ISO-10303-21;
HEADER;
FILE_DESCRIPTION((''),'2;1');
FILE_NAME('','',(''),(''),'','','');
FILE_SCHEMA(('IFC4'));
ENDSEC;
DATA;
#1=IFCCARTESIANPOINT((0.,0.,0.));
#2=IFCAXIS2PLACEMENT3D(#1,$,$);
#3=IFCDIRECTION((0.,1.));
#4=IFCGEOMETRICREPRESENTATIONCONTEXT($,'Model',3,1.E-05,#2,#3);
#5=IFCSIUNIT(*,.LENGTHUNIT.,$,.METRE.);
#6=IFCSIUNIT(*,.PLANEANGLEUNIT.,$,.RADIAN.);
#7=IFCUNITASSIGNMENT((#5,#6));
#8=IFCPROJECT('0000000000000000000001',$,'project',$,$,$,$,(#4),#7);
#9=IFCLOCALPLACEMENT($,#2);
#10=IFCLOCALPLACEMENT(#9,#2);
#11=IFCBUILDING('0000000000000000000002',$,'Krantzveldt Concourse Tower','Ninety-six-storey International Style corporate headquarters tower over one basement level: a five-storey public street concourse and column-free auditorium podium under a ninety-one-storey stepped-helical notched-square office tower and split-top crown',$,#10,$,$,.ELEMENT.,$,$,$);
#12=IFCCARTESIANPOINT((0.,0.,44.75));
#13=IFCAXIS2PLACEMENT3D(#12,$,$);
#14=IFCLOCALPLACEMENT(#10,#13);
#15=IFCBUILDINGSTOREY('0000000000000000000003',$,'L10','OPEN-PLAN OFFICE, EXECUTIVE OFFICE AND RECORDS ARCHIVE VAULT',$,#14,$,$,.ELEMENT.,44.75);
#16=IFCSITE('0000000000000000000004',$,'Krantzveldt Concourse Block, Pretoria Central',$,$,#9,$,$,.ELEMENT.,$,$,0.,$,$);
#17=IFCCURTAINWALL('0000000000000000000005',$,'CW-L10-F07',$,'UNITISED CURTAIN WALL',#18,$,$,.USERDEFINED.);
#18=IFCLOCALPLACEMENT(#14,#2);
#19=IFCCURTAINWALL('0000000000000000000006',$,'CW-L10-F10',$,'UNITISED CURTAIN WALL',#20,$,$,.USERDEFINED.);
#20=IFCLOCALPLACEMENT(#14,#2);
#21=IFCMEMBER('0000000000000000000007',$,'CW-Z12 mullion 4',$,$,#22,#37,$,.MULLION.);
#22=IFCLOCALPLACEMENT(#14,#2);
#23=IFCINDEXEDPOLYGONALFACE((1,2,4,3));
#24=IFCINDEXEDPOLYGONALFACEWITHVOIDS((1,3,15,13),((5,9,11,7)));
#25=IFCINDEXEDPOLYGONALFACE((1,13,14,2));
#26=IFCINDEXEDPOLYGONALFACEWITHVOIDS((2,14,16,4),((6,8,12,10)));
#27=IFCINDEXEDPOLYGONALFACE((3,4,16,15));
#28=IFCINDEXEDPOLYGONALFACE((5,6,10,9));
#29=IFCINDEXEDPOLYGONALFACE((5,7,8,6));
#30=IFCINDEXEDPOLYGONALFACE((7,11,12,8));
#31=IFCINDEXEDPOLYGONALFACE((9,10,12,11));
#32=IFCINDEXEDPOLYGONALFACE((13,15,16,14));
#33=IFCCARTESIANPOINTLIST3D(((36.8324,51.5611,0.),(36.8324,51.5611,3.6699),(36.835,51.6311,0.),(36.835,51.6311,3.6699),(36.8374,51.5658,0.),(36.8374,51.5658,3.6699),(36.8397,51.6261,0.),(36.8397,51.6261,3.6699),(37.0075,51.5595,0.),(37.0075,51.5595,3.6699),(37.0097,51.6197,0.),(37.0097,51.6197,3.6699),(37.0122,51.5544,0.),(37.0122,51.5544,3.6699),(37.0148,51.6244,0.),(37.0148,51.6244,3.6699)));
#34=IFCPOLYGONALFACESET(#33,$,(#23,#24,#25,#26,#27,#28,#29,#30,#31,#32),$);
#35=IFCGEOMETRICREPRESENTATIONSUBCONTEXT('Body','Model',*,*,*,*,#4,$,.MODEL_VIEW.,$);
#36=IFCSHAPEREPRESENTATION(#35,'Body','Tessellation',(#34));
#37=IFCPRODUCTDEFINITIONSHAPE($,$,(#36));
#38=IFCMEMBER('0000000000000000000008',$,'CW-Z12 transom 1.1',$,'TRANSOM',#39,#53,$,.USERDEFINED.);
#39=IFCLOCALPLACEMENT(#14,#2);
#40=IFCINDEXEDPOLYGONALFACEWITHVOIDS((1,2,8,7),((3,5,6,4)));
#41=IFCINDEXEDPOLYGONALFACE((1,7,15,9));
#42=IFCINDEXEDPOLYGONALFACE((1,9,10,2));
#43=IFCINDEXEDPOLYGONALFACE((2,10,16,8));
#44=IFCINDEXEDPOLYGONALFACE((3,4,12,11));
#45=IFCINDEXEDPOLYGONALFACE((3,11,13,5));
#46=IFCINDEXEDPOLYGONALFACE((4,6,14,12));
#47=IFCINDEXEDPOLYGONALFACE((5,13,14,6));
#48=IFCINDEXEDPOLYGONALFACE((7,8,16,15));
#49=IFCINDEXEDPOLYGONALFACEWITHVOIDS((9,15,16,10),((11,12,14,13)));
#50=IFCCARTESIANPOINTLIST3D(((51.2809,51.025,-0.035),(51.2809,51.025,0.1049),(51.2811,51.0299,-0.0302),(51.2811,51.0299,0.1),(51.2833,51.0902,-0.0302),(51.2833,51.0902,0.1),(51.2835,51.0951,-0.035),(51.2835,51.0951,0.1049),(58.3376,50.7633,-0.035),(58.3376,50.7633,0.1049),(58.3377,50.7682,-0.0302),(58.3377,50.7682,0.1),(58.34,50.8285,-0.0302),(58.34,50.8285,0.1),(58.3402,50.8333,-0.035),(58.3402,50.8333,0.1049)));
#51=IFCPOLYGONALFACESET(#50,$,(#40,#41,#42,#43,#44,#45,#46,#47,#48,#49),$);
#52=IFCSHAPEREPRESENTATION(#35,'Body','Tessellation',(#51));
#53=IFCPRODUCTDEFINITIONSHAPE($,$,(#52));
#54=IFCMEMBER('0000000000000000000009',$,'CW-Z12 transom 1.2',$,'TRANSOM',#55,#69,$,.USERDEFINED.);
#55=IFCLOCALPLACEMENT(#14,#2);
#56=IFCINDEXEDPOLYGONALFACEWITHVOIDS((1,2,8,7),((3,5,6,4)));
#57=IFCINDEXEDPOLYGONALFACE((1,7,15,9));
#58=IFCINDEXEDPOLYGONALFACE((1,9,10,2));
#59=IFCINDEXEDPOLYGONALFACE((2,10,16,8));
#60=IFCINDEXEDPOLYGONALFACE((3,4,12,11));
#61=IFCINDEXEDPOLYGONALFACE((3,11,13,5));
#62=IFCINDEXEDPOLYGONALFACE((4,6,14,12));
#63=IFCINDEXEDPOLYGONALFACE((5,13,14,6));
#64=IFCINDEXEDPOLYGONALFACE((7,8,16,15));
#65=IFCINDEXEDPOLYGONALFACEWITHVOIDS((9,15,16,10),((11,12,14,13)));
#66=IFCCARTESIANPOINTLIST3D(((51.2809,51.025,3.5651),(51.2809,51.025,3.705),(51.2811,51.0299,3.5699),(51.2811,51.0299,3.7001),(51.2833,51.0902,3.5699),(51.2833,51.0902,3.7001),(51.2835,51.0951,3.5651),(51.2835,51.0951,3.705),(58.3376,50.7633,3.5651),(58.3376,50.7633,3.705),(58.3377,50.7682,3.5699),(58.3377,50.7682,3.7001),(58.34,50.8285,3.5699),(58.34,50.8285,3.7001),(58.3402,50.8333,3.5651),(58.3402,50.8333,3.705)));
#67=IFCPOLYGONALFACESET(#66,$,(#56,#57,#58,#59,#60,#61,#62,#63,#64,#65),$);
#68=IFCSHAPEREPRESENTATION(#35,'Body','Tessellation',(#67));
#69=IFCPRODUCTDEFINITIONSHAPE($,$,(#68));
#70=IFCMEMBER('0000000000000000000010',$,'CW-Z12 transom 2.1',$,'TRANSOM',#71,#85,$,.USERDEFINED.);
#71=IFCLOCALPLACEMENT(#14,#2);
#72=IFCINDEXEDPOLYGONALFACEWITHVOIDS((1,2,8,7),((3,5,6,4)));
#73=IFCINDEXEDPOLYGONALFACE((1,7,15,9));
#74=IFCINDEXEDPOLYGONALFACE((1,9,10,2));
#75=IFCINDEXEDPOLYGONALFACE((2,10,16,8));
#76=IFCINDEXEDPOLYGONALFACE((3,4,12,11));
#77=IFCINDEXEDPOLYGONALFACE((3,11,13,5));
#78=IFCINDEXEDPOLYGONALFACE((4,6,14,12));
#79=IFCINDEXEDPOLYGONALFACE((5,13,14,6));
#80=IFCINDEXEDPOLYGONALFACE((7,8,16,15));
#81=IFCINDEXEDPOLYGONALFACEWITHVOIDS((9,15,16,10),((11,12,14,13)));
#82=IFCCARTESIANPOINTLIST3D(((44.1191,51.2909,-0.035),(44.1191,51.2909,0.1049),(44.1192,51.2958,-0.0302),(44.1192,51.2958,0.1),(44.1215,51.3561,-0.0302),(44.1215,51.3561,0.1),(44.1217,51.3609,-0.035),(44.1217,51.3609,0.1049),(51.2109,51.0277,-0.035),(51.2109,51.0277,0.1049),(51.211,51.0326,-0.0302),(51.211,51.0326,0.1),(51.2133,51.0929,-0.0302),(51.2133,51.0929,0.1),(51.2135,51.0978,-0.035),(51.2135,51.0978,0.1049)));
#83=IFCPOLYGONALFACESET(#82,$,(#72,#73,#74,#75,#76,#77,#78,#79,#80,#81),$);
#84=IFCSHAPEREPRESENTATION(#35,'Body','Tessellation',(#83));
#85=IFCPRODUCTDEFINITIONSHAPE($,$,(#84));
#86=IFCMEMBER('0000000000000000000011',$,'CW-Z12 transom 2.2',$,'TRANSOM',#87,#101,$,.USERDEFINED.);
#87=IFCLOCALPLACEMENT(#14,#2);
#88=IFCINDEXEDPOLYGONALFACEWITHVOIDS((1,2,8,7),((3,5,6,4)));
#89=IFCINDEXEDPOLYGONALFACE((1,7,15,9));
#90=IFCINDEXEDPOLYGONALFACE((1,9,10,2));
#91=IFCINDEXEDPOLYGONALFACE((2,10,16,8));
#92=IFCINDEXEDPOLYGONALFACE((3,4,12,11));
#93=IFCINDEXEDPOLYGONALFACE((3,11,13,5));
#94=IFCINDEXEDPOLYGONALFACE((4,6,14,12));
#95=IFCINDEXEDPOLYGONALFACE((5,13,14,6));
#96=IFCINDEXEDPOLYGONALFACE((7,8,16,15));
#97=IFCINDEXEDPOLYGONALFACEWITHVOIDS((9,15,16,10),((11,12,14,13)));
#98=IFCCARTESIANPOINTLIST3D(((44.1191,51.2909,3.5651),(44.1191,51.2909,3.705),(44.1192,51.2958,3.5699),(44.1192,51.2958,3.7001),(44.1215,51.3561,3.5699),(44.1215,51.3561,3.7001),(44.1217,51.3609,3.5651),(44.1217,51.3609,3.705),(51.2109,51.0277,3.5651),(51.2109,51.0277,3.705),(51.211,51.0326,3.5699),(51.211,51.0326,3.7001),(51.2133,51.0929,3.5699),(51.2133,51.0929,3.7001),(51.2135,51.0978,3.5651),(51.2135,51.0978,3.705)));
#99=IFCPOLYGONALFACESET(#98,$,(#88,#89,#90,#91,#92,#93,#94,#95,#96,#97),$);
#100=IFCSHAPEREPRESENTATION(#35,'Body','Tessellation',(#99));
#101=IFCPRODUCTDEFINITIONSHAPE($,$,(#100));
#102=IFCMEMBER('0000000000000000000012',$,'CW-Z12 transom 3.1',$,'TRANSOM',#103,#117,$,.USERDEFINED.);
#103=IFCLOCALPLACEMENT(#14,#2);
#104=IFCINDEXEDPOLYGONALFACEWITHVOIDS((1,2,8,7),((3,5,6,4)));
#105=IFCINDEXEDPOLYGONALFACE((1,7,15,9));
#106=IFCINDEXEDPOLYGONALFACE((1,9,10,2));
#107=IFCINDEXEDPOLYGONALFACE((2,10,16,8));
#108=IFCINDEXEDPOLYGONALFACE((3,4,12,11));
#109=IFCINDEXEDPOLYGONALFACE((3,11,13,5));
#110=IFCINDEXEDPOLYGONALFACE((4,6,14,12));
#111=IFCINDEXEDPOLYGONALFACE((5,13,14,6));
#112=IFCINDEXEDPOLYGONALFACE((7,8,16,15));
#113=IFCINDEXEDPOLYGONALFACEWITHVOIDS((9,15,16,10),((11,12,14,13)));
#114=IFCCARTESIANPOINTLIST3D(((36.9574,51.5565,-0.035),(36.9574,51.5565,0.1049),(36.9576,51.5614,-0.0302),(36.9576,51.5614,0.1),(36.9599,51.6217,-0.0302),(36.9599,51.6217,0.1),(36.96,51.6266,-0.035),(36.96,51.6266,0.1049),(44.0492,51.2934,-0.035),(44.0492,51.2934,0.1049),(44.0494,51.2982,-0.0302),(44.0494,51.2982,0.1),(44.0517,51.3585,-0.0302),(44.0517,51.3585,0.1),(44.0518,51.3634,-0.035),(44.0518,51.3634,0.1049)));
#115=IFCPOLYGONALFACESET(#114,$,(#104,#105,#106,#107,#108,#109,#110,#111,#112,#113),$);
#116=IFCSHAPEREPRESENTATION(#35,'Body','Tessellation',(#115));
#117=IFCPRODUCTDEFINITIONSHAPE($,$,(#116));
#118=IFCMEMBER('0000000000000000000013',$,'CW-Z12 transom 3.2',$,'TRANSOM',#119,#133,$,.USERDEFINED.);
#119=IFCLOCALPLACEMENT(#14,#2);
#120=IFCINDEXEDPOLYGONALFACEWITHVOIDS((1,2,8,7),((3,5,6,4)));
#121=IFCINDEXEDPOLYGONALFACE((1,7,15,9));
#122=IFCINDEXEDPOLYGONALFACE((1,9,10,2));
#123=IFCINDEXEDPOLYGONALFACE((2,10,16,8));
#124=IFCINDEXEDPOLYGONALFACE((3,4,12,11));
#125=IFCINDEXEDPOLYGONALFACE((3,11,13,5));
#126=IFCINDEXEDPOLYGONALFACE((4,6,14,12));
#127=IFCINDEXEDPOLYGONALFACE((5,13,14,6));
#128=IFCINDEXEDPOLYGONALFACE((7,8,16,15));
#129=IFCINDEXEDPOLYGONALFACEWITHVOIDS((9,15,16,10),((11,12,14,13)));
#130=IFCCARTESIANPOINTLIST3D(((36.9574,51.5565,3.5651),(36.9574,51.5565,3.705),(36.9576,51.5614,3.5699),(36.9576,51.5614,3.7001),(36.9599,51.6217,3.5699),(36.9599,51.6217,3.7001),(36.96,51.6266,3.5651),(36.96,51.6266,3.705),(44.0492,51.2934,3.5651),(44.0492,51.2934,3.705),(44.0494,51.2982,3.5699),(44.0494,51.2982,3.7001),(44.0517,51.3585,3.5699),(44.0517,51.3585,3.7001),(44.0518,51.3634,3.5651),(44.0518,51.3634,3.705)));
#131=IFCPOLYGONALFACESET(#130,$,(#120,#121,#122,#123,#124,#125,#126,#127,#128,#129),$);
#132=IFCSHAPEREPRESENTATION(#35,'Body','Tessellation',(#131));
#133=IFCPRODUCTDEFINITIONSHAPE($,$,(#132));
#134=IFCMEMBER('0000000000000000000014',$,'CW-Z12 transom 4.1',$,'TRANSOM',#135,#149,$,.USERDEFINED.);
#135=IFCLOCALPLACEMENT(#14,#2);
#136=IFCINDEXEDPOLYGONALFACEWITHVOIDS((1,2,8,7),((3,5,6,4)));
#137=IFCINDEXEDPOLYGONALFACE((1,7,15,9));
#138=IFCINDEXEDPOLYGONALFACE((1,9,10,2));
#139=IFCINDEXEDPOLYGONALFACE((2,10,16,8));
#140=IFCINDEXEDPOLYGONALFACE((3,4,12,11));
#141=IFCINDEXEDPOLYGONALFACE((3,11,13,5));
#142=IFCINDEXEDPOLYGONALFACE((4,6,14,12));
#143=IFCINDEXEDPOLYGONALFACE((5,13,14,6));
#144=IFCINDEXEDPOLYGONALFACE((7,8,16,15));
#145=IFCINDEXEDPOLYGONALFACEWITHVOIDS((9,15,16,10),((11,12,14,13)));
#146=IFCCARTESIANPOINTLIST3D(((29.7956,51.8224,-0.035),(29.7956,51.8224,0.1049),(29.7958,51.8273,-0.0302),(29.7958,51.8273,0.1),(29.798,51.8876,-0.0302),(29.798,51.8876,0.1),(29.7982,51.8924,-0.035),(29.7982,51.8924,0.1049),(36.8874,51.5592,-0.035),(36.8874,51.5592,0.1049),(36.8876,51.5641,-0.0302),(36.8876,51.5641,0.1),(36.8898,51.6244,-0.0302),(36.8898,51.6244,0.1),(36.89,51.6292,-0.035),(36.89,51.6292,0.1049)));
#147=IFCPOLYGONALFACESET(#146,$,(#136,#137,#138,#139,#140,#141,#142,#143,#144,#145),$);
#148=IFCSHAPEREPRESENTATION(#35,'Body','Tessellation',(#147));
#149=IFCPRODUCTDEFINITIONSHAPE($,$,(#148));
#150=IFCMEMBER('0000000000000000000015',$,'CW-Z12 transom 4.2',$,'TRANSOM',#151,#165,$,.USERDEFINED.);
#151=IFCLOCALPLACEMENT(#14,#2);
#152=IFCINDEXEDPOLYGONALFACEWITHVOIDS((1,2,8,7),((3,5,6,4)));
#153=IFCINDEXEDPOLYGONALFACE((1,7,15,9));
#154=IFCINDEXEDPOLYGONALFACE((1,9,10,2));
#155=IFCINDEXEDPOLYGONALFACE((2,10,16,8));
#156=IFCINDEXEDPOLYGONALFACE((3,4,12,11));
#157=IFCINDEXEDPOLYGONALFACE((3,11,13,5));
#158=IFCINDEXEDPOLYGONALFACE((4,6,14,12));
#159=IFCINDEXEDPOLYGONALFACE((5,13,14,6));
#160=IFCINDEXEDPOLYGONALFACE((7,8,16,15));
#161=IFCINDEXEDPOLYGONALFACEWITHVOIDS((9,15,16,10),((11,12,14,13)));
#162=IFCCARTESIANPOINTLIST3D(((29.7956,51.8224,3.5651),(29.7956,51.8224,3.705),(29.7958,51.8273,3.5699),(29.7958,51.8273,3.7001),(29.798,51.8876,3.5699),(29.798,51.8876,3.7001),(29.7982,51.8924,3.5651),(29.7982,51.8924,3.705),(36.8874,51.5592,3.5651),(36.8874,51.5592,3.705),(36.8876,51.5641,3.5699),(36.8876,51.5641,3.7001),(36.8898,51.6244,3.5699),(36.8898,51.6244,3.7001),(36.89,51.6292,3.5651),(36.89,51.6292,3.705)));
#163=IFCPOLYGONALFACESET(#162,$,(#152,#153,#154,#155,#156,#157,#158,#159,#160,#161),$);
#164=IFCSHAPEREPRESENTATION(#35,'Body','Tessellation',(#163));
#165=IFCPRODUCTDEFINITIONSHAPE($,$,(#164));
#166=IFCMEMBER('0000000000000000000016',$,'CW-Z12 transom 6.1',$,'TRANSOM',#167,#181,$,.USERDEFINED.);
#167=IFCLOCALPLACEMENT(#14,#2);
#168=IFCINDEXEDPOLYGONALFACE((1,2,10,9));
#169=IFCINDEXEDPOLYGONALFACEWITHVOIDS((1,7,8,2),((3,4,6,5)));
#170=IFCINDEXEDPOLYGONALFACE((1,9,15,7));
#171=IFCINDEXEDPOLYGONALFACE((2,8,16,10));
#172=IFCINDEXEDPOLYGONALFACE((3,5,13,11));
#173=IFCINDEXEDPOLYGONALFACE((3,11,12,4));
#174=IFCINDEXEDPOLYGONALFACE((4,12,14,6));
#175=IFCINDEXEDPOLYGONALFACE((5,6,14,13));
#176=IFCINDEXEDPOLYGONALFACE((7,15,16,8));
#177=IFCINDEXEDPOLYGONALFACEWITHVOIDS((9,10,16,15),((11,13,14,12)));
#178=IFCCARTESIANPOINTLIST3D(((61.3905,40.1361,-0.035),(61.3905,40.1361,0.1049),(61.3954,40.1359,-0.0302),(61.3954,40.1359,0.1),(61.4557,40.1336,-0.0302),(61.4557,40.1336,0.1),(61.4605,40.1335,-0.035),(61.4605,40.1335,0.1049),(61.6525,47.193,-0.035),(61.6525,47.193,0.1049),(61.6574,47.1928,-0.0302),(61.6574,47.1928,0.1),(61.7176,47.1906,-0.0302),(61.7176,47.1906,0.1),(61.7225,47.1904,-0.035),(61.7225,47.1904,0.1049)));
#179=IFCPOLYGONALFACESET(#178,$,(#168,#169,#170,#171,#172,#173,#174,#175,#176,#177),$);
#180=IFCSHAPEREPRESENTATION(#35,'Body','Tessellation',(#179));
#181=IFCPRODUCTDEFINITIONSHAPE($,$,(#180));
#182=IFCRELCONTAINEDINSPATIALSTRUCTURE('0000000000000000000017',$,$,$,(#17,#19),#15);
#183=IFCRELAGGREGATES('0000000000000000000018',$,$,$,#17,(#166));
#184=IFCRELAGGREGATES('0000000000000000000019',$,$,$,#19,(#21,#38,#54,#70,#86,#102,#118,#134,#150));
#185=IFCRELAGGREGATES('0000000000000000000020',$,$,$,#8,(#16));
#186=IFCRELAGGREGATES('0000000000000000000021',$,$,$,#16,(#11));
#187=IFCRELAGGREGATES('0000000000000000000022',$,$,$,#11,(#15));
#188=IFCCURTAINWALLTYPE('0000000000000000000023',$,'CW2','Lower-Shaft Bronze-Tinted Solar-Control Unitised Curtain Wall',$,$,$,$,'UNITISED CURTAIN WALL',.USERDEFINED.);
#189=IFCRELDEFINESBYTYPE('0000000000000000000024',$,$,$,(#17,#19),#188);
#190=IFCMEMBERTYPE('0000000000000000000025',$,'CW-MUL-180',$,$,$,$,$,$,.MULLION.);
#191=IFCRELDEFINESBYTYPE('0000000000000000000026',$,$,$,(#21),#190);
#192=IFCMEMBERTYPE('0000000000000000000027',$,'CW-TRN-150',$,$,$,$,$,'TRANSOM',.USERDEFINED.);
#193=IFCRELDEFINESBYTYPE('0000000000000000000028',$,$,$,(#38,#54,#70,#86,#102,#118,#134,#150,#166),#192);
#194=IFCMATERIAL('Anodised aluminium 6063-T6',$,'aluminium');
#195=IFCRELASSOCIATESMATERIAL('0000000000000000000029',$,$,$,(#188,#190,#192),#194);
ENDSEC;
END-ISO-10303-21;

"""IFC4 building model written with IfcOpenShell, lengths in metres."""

from ifc_helpers import new_model, si_unit, direction, frame, origin, origin_2d, place, context, subcontext, project, spatial, hollow_rectangle, extrude, source, transform, mapped, material, material_profile, profile_set, type_object, type_shapes, element, aggregate, save


model = new_model("IFC4")

# Units and contexts
model_context = context("Model", 3, precision=1e-05, world=origin(), true_north=direction((0.0, 1.0)))
body_context = subcontext(model_context, "Body", "Model", "MODEL_VIEW")
ifc_project = project(units=[si_unit("LENGTHUNIT", "METRE"), si_unit("PLANEANGLEUNIT", "RADIAN")], contexts=[model_context])

# Site, building, storey
site_placement = place(None, origin())
site = spatial("IfcSite", under=ifc_project, at=site_placement, Name="Krantzveldt Concourse Block, Pretoria Central", CompositionType="ELEMENT", RefElevation=0.0)
building_placement = place(site_placement, origin())
building = spatial("IfcBuilding", under=site, at=building_placement, Name="Krantzveldt Concourse Tower", Description="Ninety-six-storey International Style corporate headquarters tower over one basement level: a five-storey public street concourse and column-free auditorium podium under a ninety-one-storey stepped-helical notched-square office tower and split-top crown", CompositionType="ELEMENT")
storey_placement = place(building_placement, frame((0.0, 0.0, 44.75)))
storey = spatial("IfcBuildingStorey", under=building, at=storey_placement, Name="L10", Description="OPEN-PLAN OFFICE, EXECUTIVE OFFICE AND RECORDS ARCHIVE VAULT", CompositionType="ELEMENT", Elevation=44.75)

# Curtain walls, members
ifc_material_1 = material(Name="Anodised aluminium 6063-T6", Category="aluminium")
curtain_wall_type = type_object("IfcCurtainWallType", Name="CW2", Description="Lower-Shaft Bronze-Tinted Solar-Control Unitised Curtain Wall", ElementType="UNITISED CURTAIN WALL", PredefinedType="USERDEFINED", material=ifc_material_1)
curtain_wall_1_placement = place(storey_placement, origin())
curtain_wall_1 = element("IfcCurtainWall", 1, at=curtain_wall_1_placement, inside=storey, type_object=curtain_wall_type, Name="CW-L10-F07", ObjectType="UNITISED CURTAIN WALL", PredefinedType="USERDEFINED")
ifc_material_profile_1 = material_profile(ifc_material_1, hollow_rectangle(XDim=0.0701, YDim=0.1799, WallThickness=0.0049, at=origin_2d()), Name="Anodised aluminium 6063-T6", Category="aluminium")
ifc_profile_set_1 = profile_set([ifc_material_profile_1], Name="Anodised aluminium 6063-T6 - ALU-MULL 180x70x5")
member_type_1 = type_object("IfcMemberType", Name="CW-MUL-180", PredefinedType="MULLION", material=ifc_profile_set_1)
shared_shape_1 = source(origin(), body_context, "Body", "SweptSolid", [
    extrude(hollow_rectangle(XDim=0.0701, YDim=0.1799, WallThickness=0.0049, at=origin_2d()), origin(), (0.0, 0.0, 1.0), 3.6699),
])
type_shapes(member_type_1, [shared_shape_1])
curtain_wall_2_placement = place(storey_placement, origin())
curtain_wall_2 = element("IfcCurtainWall", 2, at=curtain_wall_2_placement, inside=storey, type_object=curtain_wall_type, Name="CW-L10-F10", ObjectType="UNITISED CURTAIN WALL", PredefinedType="USERDEFINED")
member_1_placement = place(storey_placement, frame((36.9236, 51.5928, 0.0), z_axis=(0.0, 0.0, 1.0), x_axis=(-0.03708, -0.999312, 0.0)))
member_1 = element("IfcMember", 3, at=member_1_placement, type_object=member_type_1, Name="CW-Z12 mullion 4", PredefinedType="MULLION", context=body_context, shape_type="MappedRepresentation", body=[
    mapped(shared_shape_1, transform((0.0, 0.0, 0.0), x_axis=(1.0, 0.0, 0.0), y_axis=(0.0, 1.0, 0.0), z_axis=(0.0, 0.0, 1.0), scale=1.0)),
])
ifc_material_profile_2 = material_profile(ifc_material_1, hollow_rectangle(XDim=0.0701, YDim=0.1399, WallThickness=0.0049, at=origin_2d()), Name="Anodised aluminium 6063-T6", Category="aluminium")
ifc_profile_set_2 = profile_set([ifc_material_profile_2], Name="Anodised aluminium 6063-T6 - ALU-TRAN 140x70x5")
member_type_2 = type_object("IfcMemberType", Name="CW-TRN-150", ElementType="TRANSOM", PredefinedType="USERDEFINED", material=ifc_profile_set_2)
shared_shape_2 = source(origin(), body_context, "Body", "SweptSolid", [
    extrude(hollow_rectangle(XDim=0.0701, YDim=0.1399, WallThickness=0.0049, at=origin_2d()), origin(), (0.0, 0.0, 1.0), 7.0615),
])
member_2_placement = place(storey_placement, frame((58.3389, 50.7983, 0.0349), z_axis=(-0.999313, 0.037063, 0.0), x_axis=(-0.037063, -0.999313, 0.0)))
member_2 = element("IfcMember", 4, at=member_2_placement, type_object=member_type_2, Name="CW-Z12 transom 1.1", ObjectType="TRANSOM", PredefinedType="USERDEFINED", context=body_context, shape_type="MappedRepresentation", body=[
    mapped(shared_shape_2, transform((0.0, 0.0, 0.0), x_axis=(1.0, 0.0, 0.0), y_axis=(0.0, 1.0, 0.0), z_axis=(0.0, 0.0, 1.0), scale=1.0)),
])
member_3_placement = place(storey_placement, frame((58.3389, 50.7983, 3.635), z_axis=(-0.999313, 0.037063, 0.0), x_axis=(-0.037063, -0.999313, 0.0)))
member_3 = element("IfcMember", 5, at=member_3_placement, type_object=member_type_2, Name="CW-Z12 transom 1.2", ObjectType="TRANSOM", PredefinedType="USERDEFINED", context=body_context, shape_type="MappedRepresentation", body=[
    mapped(shared_shape_2, transform((0.0, 0.0, 0.0), x_axis=(1.0, 0.0, 0.0), y_axis=(0.0, 1.0, 0.0), z_axis=(0.0, 0.0, 1.0), scale=1.0)),
])
shared_shape_3 = source(origin(), body_context, "Body", "SweptSolid", [
    extrude(hollow_rectangle(XDim=0.0701, YDim=0.1399, WallThickness=0.0049, at=origin_2d()), origin(), (0.0, 0.0, 1.0), 7.0967),
])
member_4_placement = place(storey_placement, frame((51.2122, 51.0627, 0.0349), z_axis=(-0.999312, 0.037085, 0.0), x_axis=(-0.037085, -0.999312, 0.0)))
member_4 = element("IfcMember", 6, at=member_4_placement, type_object=member_type_2, Name="CW-Z12 transom 2.1", ObjectType="TRANSOM", PredefinedType="USERDEFINED", context=body_context, shape_type="MappedRepresentation", body=[
    mapped(shared_shape_3, transform((0.0, 0.0, 0.0), x_axis=(1.0, 0.0, 0.0), y_axis=(0.0, 1.0, 0.0), z_axis=(0.0, 0.0, 1.0), scale=1.0)),
])
member_5_placement = place(storey_placement, frame((51.2122, 51.0627, 3.635), z_axis=(-0.999312, 0.037085, 0.0), x_axis=(-0.037085, -0.999312, 0.0)))
member_5 = element("IfcMember", 7, at=member_5_placement, type_object=member_type_2, Name="CW-Z12 transom 2.2", ObjectType="TRANSOM", PredefinedType="USERDEFINED", context=body_context, shape_type="MappedRepresentation", body=[
    mapped(shared_shape_3, transform((0.0, 0.0, 0.0), x_axis=(1.0, 0.0, 0.0), y_axis=(0.0, 1.0, 0.0), z_axis=(0.0, 0.0, 1.0), scale=1.0)),
])
member_6_placement = place(storey_placement, frame((44.0505, 51.3284, 0.0349), z_axis=(-0.999312, 0.037085, 0.0), x_axis=(-0.037085, -0.999312, 0.0)))
member_6 = element("IfcMember", 8, at=member_6_placement, type_object=member_type_2, Name="CW-Z12 transom 3.1", ObjectType="TRANSOM", PredefinedType="USERDEFINED", context=body_context, shape_type="MappedRepresentation", body=[
    mapped(shared_shape_3, transform((0.0, 0.0, 0.0), x_axis=(1.0, 0.0, 0.0), y_axis=(0.0, 1.0, 0.0), z_axis=(0.0, 0.0, 1.0), scale=1.0)),
])
member_7_placement = place(storey_placement, frame((44.0505, 51.3284, 3.635), z_axis=(-0.999312, 0.037085, 0.0), x_axis=(-0.037085, -0.999312, 0.0)))
member_7 = element("IfcMember", 9, at=member_7_placement, type_object=member_type_2, Name="CW-Z12 transom 3.2", ObjectType="TRANSOM", PredefinedType="USERDEFINED", context=body_context, shape_type="MappedRepresentation", body=[
    mapped(shared_shape_3, transform((0.0, 0.0, 0.0), x_axis=(1.0, 0.0, 0.0), y_axis=(0.0, 1.0, 0.0), z_axis=(0.0, 0.0, 1.0), scale=1.0)),
])
member_8_placement = place(storey_placement, frame((36.8887, 51.5942, 0.0349), z_axis=(-0.999312, 0.037085, 0.0), x_axis=(-0.037085, -0.999312, 0.0)))
member_8 = element("IfcMember", 10, at=member_8_placement, type_object=member_type_2, Name="CW-Z12 transom 4.1", ObjectType="TRANSOM", PredefinedType="USERDEFINED", context=body_context, shape_type="MappedRepresentation", body=[
    mapped(shared_shape_3, transform((0.0, 0.0, 0.0), x_axis=(1.0, 0.0, 0.0), y_axis=(0.0, 1.0, 0.0), z_axis=(0.0, 0.0, 1.0), scale=1.0)),
])
member_9_placement = place(storey_placement, frame((36.8887, 51.5942, 3.635), z_axis=(-0.999312, 0.037085, 0.0), x_axis=(-0.037085, -0.999312, 0.0)))
member_9 = element("IfcMember", 11, at=member_9_placement, type_object=member_type_2, Name="CW-Z12 transom 4.2", ObjectType="TRANSOM", PredefinedType="USERDEFINED", context=body_context, shape_type="MappedRepresentation", body=[
    mapped(shared_shape_3, transform((0.0, 0.0, 0.0), x_axis=(1.0, 0.0, 0.0), y_axis=(0.0, 1.0, 0.0), z_axis=(0.0, 0.0, 1.0), scale=1.0)),
])

# Member
shared_shape_4 = source(origin(), body_context, "Body", "SweptSolid", [
    extrude(hollow_rectangle(XDim=0.0701, YDim=0.1399, WallThickness=0.0049, at=origin_2d()), origin(), (0.0, 0.0, 1.0), 7.0618),
])
type_shapes(member_type_2, [shared_shape_2, shared_shape_3, shared_shape_4])
member_10_placement = place(storey_placement, frame((61.4255, 40.1348, 0.0349), z_axis=(0.037096, 0.999312, 0.0), x_axis=(-0.999312, 0.037096, 0.0)))
member_10 = element("IfcMember", 12, at=member_10_placement, type_object=member_type_2, Name="CW-Z12 transom 6.1", ObjectType="TRANSOM", PredefinedType="USERDEFINED", context=body_context, shape_type="MappedRepresentation", body=[
    mapped(shared_shape_4, transform((0.0, 0.0, 0.0), x_axis=(1.0, 0.0, 0.0), y_axis=(0.0, 1.0, 0.0), z_axis=(0.0, 0.0, 1.0), scale=1.0)),
])

aggregate(curtain_wall_1, [member_10])
aggregate(curtain_wall_2, [member_1, member_2, member_3, member_4, member_5, member_6, member_7, member_8, member_9])

save(model, "model.ifc")
